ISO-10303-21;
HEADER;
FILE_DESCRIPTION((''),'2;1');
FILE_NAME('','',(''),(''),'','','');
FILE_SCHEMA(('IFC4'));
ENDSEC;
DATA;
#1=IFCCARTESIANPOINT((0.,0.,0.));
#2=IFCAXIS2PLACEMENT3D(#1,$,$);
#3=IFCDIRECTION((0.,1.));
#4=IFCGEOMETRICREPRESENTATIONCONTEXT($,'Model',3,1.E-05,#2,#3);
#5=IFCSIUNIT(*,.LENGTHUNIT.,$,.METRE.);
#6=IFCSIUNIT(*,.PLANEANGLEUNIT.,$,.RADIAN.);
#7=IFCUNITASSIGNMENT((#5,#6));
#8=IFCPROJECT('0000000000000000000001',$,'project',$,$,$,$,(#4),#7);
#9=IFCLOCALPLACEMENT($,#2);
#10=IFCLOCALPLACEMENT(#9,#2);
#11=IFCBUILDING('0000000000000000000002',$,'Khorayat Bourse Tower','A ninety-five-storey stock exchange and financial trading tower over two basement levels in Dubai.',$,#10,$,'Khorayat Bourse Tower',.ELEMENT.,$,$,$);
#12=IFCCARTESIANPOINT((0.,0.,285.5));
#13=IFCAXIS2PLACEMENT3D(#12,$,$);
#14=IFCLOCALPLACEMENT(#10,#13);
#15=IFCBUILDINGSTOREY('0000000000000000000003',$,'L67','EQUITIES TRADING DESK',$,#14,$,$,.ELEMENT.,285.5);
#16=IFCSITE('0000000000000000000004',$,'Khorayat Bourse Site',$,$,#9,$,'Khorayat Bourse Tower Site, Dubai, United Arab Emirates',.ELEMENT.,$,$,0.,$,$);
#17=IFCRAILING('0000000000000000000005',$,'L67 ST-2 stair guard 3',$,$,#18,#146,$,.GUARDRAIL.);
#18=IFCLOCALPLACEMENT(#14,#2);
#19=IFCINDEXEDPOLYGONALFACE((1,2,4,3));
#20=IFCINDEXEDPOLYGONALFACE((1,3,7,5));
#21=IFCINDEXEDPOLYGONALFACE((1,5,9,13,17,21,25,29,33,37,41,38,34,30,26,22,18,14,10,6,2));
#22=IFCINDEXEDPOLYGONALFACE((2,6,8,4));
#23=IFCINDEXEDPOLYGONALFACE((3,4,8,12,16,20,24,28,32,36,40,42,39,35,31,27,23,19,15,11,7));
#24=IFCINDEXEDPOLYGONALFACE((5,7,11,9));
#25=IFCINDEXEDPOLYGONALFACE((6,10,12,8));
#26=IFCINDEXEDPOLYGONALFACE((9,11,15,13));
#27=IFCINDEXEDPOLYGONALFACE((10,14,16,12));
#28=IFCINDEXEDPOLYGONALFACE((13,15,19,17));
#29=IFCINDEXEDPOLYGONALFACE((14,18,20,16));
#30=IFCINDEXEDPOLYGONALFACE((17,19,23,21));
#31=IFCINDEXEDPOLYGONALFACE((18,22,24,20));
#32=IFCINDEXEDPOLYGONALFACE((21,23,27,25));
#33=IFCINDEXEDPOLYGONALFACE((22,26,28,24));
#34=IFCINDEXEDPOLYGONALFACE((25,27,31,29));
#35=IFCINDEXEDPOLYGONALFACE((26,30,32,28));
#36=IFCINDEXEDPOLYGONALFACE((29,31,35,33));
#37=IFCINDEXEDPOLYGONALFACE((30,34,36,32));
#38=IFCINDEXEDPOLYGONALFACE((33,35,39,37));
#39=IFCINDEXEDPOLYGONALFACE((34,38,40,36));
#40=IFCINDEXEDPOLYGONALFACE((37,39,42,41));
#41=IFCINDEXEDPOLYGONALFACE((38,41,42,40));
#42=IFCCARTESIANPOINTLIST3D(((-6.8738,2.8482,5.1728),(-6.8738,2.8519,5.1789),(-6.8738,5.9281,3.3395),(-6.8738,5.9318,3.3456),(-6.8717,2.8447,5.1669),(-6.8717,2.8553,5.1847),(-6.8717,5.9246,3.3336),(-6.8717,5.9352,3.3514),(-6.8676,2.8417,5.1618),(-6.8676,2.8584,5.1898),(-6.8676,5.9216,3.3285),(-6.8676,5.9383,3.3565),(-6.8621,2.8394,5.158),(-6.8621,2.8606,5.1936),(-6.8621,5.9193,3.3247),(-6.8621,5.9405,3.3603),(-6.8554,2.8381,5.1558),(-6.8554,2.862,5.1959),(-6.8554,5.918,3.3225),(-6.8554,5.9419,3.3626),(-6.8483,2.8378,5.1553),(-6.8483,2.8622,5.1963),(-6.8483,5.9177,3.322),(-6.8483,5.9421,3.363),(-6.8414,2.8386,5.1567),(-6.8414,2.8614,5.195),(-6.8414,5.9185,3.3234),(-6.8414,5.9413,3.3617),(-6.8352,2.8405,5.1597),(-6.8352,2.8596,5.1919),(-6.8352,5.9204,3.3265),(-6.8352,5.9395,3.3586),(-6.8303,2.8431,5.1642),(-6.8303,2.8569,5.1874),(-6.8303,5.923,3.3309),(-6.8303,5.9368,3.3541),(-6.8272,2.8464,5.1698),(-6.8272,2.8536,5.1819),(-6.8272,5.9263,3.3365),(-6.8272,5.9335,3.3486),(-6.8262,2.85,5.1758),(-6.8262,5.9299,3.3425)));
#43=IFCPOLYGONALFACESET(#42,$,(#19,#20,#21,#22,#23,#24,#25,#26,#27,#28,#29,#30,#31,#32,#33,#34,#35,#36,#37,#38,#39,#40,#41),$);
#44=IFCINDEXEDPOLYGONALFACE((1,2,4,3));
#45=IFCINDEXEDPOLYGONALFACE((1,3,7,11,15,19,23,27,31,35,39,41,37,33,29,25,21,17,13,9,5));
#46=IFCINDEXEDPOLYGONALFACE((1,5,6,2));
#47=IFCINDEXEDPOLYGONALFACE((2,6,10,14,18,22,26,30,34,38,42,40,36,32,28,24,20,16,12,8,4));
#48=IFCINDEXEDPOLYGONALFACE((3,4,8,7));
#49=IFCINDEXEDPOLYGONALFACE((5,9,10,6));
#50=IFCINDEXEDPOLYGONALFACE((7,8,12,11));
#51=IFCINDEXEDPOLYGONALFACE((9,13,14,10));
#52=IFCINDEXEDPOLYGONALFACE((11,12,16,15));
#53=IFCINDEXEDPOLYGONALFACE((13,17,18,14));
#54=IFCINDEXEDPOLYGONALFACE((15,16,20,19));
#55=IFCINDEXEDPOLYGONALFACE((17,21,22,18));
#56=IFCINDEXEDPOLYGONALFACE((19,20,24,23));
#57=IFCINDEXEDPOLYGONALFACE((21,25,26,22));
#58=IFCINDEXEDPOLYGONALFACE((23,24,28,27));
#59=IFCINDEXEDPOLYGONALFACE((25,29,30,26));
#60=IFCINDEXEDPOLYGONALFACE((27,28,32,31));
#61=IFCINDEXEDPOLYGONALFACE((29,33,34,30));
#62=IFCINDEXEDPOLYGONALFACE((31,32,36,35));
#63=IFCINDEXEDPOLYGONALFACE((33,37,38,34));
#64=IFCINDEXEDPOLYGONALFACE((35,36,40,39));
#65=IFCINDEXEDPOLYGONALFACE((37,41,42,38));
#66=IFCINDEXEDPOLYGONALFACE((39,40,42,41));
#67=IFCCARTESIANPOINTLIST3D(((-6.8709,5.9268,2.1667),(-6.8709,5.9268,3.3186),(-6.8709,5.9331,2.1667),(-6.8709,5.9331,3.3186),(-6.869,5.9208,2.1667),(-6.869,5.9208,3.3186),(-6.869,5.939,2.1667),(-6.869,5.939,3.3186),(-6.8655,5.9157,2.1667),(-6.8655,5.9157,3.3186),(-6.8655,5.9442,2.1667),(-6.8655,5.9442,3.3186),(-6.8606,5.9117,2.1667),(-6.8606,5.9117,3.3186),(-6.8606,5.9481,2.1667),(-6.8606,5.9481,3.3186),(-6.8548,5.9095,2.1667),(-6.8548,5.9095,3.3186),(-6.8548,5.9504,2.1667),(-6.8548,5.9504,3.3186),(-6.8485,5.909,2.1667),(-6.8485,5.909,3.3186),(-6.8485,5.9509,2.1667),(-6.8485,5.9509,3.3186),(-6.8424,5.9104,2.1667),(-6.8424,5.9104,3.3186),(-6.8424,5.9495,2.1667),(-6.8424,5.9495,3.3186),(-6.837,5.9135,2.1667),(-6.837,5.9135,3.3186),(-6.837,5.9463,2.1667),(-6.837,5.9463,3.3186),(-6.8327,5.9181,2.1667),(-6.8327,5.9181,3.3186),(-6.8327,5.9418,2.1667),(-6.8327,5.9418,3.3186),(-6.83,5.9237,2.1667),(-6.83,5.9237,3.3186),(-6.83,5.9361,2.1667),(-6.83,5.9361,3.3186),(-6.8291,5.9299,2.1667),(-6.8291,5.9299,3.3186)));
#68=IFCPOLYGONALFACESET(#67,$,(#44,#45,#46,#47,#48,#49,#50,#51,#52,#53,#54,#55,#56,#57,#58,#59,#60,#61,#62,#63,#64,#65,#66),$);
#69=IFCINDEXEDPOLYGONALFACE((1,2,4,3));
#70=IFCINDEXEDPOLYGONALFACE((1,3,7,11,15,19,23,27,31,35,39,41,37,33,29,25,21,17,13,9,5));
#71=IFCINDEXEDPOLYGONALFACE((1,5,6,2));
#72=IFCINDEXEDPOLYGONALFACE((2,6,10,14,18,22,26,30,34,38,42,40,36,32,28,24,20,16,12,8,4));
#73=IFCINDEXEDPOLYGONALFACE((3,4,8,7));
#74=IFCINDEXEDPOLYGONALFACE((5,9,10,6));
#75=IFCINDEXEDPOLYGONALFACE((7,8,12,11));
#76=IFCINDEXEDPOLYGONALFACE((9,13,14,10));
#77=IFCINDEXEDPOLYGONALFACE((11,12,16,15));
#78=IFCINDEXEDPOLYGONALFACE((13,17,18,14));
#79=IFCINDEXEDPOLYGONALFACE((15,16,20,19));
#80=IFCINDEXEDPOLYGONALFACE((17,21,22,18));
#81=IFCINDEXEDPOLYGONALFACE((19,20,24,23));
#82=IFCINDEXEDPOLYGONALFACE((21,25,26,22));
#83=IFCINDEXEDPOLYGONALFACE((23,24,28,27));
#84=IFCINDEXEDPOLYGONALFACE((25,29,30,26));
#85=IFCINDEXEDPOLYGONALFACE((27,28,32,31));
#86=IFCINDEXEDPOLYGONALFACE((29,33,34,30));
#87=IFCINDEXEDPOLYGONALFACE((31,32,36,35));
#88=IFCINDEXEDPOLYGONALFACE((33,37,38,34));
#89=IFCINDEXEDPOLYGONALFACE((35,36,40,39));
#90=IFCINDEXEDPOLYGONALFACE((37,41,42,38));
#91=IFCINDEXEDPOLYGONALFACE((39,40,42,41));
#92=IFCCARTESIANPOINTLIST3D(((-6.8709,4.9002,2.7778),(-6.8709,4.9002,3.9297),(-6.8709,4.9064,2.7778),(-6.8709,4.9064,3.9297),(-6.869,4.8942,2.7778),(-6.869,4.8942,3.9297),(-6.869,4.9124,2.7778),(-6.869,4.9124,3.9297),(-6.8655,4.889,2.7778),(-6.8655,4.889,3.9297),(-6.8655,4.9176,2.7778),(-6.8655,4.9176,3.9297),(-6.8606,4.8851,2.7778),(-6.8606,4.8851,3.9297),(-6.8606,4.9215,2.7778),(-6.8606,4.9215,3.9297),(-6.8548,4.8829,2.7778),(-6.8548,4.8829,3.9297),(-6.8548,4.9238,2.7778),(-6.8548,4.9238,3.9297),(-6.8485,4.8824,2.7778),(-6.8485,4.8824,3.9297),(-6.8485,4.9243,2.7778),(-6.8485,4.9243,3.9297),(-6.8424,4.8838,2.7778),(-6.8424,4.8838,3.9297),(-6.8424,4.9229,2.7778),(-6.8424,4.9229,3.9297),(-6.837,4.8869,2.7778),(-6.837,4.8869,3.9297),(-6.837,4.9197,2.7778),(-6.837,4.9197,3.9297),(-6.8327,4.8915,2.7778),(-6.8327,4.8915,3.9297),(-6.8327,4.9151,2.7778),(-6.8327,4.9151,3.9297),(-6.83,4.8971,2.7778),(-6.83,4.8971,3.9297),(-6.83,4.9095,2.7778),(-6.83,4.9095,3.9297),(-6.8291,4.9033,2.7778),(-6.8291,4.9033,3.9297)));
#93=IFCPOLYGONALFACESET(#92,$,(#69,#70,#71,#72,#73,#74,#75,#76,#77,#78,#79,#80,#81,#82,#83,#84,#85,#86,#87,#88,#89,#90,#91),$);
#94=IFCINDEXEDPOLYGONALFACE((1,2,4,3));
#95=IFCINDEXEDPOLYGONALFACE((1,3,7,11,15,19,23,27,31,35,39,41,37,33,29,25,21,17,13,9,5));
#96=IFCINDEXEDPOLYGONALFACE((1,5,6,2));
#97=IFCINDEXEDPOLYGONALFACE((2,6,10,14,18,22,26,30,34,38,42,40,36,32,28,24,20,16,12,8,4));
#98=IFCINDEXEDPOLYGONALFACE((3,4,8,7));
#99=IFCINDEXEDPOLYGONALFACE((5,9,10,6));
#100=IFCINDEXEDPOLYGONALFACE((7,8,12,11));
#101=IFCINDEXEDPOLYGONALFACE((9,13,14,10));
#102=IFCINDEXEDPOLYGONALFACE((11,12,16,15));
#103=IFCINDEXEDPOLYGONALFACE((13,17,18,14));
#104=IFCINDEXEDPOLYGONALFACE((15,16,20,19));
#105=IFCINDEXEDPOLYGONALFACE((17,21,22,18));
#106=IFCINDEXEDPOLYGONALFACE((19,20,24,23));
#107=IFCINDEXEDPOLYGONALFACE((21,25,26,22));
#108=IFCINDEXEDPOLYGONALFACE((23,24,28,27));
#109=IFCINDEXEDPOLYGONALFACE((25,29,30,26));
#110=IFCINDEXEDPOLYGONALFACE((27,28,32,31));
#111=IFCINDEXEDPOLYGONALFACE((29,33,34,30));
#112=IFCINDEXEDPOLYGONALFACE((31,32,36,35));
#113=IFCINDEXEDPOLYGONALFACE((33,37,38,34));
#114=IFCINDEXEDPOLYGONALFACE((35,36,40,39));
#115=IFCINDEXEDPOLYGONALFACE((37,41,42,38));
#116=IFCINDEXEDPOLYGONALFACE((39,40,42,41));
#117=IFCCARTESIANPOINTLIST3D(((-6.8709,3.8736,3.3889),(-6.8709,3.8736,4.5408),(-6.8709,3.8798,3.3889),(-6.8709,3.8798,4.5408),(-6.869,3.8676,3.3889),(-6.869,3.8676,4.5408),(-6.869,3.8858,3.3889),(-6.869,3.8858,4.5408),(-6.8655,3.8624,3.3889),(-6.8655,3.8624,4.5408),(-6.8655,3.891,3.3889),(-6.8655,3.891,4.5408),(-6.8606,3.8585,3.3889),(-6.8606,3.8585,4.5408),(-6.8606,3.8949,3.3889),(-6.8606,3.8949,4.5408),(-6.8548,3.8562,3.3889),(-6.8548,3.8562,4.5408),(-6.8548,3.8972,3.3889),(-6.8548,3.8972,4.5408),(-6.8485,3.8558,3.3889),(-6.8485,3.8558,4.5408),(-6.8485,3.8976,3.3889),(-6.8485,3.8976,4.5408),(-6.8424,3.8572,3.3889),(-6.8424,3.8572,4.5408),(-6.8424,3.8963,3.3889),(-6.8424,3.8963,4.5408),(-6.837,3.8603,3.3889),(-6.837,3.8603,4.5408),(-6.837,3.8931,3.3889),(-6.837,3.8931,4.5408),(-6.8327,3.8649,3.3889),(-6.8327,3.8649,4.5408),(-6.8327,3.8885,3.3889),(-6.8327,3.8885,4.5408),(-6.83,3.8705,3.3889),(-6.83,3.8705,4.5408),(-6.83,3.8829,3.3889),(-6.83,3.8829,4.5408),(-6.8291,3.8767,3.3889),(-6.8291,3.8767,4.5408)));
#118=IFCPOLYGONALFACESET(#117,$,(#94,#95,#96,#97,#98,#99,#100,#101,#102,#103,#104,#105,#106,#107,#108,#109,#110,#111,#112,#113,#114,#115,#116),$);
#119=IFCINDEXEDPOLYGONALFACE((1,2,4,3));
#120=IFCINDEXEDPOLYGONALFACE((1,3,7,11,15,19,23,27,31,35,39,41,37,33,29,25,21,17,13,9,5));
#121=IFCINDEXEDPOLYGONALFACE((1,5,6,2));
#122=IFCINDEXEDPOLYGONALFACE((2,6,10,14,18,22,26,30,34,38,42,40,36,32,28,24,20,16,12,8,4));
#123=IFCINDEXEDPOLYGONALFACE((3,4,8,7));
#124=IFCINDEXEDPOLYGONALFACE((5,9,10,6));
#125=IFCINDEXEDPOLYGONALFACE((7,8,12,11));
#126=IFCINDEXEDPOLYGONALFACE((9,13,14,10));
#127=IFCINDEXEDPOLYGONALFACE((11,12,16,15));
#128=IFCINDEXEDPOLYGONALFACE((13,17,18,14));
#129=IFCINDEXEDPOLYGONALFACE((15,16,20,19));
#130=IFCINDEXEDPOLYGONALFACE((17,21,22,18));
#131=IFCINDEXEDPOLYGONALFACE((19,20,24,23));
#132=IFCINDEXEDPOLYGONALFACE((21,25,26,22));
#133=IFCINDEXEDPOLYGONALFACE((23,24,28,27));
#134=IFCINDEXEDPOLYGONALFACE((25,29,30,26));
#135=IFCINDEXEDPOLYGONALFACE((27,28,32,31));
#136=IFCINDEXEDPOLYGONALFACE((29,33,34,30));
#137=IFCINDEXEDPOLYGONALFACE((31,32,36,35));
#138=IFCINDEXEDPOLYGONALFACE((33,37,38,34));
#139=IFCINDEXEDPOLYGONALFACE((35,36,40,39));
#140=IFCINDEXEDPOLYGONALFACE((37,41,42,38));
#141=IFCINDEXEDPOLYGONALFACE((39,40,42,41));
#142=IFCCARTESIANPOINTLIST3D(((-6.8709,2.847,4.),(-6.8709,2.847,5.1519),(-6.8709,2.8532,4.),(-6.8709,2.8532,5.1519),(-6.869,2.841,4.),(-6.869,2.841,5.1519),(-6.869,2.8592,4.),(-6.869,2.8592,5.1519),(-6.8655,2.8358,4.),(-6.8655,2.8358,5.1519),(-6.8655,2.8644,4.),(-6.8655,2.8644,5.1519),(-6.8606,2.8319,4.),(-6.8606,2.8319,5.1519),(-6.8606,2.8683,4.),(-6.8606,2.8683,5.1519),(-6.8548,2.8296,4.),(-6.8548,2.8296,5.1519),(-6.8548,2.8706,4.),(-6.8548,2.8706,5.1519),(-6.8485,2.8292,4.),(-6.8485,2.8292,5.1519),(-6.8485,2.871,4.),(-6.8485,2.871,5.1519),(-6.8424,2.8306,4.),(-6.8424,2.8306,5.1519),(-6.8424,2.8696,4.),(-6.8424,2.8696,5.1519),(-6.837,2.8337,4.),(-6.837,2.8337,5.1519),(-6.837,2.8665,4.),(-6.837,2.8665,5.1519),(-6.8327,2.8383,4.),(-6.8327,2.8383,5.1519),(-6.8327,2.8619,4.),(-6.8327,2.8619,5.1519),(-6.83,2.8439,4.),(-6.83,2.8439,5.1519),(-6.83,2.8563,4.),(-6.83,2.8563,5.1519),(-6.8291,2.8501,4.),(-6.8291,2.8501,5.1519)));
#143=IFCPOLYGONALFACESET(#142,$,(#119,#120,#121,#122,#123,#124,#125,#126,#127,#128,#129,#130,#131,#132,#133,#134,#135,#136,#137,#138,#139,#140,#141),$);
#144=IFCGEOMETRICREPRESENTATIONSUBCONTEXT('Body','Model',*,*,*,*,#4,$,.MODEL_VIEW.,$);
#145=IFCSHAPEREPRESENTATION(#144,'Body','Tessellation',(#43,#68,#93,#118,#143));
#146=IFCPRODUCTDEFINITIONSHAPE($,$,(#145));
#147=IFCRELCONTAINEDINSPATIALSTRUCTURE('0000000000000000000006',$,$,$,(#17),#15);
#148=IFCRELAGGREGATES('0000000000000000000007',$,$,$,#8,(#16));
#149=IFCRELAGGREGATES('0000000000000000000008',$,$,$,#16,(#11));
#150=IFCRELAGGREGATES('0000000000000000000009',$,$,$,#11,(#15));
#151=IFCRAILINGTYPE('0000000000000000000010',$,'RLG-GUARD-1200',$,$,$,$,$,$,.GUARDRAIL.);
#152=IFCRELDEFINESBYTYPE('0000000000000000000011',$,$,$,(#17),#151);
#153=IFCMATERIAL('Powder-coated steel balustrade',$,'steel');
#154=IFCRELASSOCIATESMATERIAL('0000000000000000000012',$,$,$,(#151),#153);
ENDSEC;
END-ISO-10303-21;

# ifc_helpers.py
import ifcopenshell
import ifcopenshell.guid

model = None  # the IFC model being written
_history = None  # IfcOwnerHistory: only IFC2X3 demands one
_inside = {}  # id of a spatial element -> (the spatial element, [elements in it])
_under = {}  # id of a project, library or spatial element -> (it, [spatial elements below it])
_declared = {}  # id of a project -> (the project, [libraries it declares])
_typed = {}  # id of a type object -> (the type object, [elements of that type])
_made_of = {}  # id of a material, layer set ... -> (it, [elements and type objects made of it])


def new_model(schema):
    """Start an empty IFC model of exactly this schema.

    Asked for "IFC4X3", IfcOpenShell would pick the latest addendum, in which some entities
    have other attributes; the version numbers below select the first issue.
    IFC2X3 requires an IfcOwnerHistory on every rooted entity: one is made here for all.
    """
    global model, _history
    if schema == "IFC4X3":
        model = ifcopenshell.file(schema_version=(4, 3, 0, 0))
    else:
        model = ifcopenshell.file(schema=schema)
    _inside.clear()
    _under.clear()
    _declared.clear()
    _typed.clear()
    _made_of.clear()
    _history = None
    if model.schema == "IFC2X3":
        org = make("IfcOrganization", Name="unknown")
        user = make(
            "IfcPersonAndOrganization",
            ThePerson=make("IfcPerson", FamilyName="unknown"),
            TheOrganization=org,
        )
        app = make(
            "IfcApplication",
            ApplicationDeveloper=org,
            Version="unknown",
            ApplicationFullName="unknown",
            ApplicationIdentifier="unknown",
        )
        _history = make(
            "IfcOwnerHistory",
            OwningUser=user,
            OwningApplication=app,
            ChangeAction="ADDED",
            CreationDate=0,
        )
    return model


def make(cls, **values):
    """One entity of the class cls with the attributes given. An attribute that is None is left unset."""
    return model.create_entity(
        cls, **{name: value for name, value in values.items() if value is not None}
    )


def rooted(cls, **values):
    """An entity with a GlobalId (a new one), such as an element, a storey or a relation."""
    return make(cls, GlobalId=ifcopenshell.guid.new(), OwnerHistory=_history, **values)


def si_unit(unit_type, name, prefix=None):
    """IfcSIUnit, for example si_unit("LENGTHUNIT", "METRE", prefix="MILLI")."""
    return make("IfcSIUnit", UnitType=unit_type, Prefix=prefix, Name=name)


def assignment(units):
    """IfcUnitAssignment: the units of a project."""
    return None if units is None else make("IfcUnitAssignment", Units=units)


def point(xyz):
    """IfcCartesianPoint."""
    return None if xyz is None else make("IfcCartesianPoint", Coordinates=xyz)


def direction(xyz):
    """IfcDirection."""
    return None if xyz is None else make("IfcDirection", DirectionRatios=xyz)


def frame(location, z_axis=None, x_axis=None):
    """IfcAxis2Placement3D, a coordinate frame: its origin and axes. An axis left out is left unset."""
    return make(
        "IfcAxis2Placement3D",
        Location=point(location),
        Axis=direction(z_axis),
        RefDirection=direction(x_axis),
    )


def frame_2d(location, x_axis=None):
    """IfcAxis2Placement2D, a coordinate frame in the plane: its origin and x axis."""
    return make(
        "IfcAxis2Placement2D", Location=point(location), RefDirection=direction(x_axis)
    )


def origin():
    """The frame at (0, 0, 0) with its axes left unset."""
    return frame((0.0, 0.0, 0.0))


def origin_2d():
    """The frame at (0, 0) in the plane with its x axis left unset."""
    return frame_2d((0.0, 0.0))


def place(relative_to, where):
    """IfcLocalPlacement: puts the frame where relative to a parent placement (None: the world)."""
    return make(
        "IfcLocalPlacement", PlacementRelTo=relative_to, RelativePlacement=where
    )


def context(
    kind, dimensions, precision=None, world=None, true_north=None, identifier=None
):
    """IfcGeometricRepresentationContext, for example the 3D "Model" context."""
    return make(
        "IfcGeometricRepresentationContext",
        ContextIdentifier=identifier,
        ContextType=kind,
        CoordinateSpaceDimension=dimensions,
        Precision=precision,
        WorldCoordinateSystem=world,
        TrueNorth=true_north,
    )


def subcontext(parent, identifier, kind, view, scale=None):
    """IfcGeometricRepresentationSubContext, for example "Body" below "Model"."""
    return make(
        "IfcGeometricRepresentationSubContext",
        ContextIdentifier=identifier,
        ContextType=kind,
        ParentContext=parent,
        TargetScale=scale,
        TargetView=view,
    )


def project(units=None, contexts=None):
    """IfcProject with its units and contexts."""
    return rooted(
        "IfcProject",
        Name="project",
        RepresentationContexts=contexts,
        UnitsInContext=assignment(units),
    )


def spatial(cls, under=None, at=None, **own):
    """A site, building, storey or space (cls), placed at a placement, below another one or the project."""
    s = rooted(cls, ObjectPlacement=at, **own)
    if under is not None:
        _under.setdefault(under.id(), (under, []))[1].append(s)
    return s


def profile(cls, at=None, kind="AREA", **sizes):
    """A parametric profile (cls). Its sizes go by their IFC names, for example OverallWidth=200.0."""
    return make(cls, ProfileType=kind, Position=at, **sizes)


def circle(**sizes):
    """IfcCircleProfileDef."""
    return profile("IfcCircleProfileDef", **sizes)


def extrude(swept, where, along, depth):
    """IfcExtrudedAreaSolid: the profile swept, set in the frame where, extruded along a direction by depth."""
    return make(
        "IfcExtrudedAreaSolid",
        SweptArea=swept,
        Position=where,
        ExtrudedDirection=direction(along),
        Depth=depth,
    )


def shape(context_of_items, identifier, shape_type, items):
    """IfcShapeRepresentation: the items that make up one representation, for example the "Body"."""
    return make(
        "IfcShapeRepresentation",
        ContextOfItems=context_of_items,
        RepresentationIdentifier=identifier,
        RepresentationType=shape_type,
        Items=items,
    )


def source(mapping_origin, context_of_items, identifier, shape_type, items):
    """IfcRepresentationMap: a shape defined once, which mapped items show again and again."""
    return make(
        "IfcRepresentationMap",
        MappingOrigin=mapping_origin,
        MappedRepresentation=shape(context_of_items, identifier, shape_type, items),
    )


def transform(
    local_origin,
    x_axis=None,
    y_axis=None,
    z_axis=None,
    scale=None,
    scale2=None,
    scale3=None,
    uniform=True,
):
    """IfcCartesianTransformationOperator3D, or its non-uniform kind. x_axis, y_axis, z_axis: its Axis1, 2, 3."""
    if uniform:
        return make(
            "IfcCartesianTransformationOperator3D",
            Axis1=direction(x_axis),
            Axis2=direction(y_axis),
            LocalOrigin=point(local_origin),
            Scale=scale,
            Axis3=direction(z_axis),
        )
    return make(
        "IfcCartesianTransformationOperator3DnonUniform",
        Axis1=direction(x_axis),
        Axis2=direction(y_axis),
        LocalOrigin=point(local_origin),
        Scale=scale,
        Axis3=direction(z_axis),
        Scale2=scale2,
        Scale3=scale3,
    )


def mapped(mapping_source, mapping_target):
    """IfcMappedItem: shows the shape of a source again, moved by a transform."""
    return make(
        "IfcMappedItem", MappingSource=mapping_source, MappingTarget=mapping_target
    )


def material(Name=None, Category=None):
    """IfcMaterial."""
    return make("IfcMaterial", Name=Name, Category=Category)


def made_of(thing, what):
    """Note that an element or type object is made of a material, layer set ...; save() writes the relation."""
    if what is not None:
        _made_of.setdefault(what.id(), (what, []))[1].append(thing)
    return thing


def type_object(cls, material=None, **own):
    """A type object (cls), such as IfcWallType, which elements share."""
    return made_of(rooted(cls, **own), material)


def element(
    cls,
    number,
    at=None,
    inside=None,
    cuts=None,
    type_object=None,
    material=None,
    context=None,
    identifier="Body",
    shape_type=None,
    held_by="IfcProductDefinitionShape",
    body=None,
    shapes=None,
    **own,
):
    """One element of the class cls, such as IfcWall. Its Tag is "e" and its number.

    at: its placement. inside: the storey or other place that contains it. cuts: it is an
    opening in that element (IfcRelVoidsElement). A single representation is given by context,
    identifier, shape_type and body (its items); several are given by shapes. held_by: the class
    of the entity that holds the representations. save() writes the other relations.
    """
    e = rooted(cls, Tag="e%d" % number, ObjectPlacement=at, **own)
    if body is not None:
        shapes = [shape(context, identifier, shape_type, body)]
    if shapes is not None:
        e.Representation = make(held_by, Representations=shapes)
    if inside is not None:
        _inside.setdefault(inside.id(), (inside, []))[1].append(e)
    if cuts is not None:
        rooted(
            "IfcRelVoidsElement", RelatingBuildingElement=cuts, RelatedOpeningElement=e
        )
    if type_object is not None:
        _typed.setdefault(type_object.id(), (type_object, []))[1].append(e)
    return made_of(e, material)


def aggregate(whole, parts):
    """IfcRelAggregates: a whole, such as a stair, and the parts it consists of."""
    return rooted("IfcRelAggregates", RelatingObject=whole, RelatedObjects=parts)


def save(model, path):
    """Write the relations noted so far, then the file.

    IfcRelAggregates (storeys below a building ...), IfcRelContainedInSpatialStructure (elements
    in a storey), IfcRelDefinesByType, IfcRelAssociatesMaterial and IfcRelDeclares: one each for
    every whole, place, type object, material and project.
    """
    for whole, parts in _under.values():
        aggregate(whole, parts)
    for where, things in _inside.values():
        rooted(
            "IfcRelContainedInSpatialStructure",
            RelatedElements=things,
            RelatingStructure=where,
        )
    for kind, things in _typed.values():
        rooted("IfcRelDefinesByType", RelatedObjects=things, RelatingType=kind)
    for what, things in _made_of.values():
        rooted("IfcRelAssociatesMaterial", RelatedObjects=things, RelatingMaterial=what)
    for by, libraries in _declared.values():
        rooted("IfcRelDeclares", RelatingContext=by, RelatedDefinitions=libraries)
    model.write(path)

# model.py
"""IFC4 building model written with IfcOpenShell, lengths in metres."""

from ifc_helpers import new_model, si_unit, direction, frame, origin, origin_2d, place, context, subcontext, project, spatial, circle, extrude, source, transform, mapped, material, type_object, element, save


model = new_model("IFC4")

# Units and contexts
model_context = context("Model", 3, precision=1e-05, world=origin(), true_north=direction((0.0, 1.0)))
body_context = subcontext(model_context, "Body", "Model", "MODEL_VIEW")
ifc_project = project(units=[si_unit("LENGTHUNIT", "METRE"), si_unit("PLANEANGLEUNIT", "RADIAN")], contexts=[model_context])

# Site, building, storey
site_placement = place(None, origin())
site = spatial("IfcSite", under=ifc_project, at=site_placement, Name="Khorayat Bourse Site", LongName="Khorayat Bourse Tower Site, Dubai, United Arab Emirates", CompositionType="ELEMENT", RefElevation=0.0)
building_placement = place(site_placement, origin())
building = spatial("IfcBuilding", under=site, at=building_placement, Name="Khorayat Bourse Tower", Description="A ninety-five-storey stock exchange and financial trading tower over two basement levels in Dubai.", LongName="Khorayat Bourse Tower", CompositionType="ELEMENT")
storey_placement = place(building_placement, frame((0.0, 0.0, 285.5)))
storey = spatial("IfcBuildingStorey", under=building, at=storey_placement, Name="L67", Description="EQUITIES TRADING DESK", CompositionType="ELEMENT", Elevation=285.5)

# Railing
ifc_material_1 = material(Name="Powder-coated steel balustrade", Category="steel")
railing_type_1 = type_object("IfcRailingType", Name="RLG-GUARD-1200", PredefinedType="GUARDRAIL", material=ifc_material_1)
shared_shape_1 = source(origin(), body_context, "Body", "SweptSolid", [
    extrude(circle(Radius=0.0239, at=origin_2d()), frame((0.0, 0.0, 1.1758), z_axis=(0.0, -0.859291, 0.511487), x_axis=(1.0, 0.0, 0.0)), (0.0, 0.0, 1.0), 3.5842),
    extrude(circle(Radius=0.021, at=origin_2d()), origin(), (0.0, 0.0, 1.0), 1.1519),
    extrude(circle(Radius=0.021, at=origin_2d()), frame((0.0, -1.0266, 0.6111)), (0.0, 0.0, 1.0), 1.1519),
    extrude(circle(Radius=0.021, at=origin_2d()), frame((0.0, -2.0532, 1.2222)), (0.0, 0.0, 1.0), 1.1519),
    extrude(circle(Radius=0.021, at=origin_2d()), frame((0.0, -3.0798, 1.8333)), (0.0, 0.0, 1.0), 1.1519),
])
railing_1_placement = place(storey_placement, frame((-6.8501, 5.9299, 2.1667)))
element("IfcRailing", 1, at=railing_1_placement, inside=storey, type_object=railing_type_1, Name="L67 ST-2 stair guard 3", PredefinedType="GUARDRAIL", context=body_context, shape_type="MappedRepresentation", body=[
    mapped(shared_shape_1, transform((0.0, 0.0, 0.0), scale=1.0)),
])

save(model, "model.ifc")
